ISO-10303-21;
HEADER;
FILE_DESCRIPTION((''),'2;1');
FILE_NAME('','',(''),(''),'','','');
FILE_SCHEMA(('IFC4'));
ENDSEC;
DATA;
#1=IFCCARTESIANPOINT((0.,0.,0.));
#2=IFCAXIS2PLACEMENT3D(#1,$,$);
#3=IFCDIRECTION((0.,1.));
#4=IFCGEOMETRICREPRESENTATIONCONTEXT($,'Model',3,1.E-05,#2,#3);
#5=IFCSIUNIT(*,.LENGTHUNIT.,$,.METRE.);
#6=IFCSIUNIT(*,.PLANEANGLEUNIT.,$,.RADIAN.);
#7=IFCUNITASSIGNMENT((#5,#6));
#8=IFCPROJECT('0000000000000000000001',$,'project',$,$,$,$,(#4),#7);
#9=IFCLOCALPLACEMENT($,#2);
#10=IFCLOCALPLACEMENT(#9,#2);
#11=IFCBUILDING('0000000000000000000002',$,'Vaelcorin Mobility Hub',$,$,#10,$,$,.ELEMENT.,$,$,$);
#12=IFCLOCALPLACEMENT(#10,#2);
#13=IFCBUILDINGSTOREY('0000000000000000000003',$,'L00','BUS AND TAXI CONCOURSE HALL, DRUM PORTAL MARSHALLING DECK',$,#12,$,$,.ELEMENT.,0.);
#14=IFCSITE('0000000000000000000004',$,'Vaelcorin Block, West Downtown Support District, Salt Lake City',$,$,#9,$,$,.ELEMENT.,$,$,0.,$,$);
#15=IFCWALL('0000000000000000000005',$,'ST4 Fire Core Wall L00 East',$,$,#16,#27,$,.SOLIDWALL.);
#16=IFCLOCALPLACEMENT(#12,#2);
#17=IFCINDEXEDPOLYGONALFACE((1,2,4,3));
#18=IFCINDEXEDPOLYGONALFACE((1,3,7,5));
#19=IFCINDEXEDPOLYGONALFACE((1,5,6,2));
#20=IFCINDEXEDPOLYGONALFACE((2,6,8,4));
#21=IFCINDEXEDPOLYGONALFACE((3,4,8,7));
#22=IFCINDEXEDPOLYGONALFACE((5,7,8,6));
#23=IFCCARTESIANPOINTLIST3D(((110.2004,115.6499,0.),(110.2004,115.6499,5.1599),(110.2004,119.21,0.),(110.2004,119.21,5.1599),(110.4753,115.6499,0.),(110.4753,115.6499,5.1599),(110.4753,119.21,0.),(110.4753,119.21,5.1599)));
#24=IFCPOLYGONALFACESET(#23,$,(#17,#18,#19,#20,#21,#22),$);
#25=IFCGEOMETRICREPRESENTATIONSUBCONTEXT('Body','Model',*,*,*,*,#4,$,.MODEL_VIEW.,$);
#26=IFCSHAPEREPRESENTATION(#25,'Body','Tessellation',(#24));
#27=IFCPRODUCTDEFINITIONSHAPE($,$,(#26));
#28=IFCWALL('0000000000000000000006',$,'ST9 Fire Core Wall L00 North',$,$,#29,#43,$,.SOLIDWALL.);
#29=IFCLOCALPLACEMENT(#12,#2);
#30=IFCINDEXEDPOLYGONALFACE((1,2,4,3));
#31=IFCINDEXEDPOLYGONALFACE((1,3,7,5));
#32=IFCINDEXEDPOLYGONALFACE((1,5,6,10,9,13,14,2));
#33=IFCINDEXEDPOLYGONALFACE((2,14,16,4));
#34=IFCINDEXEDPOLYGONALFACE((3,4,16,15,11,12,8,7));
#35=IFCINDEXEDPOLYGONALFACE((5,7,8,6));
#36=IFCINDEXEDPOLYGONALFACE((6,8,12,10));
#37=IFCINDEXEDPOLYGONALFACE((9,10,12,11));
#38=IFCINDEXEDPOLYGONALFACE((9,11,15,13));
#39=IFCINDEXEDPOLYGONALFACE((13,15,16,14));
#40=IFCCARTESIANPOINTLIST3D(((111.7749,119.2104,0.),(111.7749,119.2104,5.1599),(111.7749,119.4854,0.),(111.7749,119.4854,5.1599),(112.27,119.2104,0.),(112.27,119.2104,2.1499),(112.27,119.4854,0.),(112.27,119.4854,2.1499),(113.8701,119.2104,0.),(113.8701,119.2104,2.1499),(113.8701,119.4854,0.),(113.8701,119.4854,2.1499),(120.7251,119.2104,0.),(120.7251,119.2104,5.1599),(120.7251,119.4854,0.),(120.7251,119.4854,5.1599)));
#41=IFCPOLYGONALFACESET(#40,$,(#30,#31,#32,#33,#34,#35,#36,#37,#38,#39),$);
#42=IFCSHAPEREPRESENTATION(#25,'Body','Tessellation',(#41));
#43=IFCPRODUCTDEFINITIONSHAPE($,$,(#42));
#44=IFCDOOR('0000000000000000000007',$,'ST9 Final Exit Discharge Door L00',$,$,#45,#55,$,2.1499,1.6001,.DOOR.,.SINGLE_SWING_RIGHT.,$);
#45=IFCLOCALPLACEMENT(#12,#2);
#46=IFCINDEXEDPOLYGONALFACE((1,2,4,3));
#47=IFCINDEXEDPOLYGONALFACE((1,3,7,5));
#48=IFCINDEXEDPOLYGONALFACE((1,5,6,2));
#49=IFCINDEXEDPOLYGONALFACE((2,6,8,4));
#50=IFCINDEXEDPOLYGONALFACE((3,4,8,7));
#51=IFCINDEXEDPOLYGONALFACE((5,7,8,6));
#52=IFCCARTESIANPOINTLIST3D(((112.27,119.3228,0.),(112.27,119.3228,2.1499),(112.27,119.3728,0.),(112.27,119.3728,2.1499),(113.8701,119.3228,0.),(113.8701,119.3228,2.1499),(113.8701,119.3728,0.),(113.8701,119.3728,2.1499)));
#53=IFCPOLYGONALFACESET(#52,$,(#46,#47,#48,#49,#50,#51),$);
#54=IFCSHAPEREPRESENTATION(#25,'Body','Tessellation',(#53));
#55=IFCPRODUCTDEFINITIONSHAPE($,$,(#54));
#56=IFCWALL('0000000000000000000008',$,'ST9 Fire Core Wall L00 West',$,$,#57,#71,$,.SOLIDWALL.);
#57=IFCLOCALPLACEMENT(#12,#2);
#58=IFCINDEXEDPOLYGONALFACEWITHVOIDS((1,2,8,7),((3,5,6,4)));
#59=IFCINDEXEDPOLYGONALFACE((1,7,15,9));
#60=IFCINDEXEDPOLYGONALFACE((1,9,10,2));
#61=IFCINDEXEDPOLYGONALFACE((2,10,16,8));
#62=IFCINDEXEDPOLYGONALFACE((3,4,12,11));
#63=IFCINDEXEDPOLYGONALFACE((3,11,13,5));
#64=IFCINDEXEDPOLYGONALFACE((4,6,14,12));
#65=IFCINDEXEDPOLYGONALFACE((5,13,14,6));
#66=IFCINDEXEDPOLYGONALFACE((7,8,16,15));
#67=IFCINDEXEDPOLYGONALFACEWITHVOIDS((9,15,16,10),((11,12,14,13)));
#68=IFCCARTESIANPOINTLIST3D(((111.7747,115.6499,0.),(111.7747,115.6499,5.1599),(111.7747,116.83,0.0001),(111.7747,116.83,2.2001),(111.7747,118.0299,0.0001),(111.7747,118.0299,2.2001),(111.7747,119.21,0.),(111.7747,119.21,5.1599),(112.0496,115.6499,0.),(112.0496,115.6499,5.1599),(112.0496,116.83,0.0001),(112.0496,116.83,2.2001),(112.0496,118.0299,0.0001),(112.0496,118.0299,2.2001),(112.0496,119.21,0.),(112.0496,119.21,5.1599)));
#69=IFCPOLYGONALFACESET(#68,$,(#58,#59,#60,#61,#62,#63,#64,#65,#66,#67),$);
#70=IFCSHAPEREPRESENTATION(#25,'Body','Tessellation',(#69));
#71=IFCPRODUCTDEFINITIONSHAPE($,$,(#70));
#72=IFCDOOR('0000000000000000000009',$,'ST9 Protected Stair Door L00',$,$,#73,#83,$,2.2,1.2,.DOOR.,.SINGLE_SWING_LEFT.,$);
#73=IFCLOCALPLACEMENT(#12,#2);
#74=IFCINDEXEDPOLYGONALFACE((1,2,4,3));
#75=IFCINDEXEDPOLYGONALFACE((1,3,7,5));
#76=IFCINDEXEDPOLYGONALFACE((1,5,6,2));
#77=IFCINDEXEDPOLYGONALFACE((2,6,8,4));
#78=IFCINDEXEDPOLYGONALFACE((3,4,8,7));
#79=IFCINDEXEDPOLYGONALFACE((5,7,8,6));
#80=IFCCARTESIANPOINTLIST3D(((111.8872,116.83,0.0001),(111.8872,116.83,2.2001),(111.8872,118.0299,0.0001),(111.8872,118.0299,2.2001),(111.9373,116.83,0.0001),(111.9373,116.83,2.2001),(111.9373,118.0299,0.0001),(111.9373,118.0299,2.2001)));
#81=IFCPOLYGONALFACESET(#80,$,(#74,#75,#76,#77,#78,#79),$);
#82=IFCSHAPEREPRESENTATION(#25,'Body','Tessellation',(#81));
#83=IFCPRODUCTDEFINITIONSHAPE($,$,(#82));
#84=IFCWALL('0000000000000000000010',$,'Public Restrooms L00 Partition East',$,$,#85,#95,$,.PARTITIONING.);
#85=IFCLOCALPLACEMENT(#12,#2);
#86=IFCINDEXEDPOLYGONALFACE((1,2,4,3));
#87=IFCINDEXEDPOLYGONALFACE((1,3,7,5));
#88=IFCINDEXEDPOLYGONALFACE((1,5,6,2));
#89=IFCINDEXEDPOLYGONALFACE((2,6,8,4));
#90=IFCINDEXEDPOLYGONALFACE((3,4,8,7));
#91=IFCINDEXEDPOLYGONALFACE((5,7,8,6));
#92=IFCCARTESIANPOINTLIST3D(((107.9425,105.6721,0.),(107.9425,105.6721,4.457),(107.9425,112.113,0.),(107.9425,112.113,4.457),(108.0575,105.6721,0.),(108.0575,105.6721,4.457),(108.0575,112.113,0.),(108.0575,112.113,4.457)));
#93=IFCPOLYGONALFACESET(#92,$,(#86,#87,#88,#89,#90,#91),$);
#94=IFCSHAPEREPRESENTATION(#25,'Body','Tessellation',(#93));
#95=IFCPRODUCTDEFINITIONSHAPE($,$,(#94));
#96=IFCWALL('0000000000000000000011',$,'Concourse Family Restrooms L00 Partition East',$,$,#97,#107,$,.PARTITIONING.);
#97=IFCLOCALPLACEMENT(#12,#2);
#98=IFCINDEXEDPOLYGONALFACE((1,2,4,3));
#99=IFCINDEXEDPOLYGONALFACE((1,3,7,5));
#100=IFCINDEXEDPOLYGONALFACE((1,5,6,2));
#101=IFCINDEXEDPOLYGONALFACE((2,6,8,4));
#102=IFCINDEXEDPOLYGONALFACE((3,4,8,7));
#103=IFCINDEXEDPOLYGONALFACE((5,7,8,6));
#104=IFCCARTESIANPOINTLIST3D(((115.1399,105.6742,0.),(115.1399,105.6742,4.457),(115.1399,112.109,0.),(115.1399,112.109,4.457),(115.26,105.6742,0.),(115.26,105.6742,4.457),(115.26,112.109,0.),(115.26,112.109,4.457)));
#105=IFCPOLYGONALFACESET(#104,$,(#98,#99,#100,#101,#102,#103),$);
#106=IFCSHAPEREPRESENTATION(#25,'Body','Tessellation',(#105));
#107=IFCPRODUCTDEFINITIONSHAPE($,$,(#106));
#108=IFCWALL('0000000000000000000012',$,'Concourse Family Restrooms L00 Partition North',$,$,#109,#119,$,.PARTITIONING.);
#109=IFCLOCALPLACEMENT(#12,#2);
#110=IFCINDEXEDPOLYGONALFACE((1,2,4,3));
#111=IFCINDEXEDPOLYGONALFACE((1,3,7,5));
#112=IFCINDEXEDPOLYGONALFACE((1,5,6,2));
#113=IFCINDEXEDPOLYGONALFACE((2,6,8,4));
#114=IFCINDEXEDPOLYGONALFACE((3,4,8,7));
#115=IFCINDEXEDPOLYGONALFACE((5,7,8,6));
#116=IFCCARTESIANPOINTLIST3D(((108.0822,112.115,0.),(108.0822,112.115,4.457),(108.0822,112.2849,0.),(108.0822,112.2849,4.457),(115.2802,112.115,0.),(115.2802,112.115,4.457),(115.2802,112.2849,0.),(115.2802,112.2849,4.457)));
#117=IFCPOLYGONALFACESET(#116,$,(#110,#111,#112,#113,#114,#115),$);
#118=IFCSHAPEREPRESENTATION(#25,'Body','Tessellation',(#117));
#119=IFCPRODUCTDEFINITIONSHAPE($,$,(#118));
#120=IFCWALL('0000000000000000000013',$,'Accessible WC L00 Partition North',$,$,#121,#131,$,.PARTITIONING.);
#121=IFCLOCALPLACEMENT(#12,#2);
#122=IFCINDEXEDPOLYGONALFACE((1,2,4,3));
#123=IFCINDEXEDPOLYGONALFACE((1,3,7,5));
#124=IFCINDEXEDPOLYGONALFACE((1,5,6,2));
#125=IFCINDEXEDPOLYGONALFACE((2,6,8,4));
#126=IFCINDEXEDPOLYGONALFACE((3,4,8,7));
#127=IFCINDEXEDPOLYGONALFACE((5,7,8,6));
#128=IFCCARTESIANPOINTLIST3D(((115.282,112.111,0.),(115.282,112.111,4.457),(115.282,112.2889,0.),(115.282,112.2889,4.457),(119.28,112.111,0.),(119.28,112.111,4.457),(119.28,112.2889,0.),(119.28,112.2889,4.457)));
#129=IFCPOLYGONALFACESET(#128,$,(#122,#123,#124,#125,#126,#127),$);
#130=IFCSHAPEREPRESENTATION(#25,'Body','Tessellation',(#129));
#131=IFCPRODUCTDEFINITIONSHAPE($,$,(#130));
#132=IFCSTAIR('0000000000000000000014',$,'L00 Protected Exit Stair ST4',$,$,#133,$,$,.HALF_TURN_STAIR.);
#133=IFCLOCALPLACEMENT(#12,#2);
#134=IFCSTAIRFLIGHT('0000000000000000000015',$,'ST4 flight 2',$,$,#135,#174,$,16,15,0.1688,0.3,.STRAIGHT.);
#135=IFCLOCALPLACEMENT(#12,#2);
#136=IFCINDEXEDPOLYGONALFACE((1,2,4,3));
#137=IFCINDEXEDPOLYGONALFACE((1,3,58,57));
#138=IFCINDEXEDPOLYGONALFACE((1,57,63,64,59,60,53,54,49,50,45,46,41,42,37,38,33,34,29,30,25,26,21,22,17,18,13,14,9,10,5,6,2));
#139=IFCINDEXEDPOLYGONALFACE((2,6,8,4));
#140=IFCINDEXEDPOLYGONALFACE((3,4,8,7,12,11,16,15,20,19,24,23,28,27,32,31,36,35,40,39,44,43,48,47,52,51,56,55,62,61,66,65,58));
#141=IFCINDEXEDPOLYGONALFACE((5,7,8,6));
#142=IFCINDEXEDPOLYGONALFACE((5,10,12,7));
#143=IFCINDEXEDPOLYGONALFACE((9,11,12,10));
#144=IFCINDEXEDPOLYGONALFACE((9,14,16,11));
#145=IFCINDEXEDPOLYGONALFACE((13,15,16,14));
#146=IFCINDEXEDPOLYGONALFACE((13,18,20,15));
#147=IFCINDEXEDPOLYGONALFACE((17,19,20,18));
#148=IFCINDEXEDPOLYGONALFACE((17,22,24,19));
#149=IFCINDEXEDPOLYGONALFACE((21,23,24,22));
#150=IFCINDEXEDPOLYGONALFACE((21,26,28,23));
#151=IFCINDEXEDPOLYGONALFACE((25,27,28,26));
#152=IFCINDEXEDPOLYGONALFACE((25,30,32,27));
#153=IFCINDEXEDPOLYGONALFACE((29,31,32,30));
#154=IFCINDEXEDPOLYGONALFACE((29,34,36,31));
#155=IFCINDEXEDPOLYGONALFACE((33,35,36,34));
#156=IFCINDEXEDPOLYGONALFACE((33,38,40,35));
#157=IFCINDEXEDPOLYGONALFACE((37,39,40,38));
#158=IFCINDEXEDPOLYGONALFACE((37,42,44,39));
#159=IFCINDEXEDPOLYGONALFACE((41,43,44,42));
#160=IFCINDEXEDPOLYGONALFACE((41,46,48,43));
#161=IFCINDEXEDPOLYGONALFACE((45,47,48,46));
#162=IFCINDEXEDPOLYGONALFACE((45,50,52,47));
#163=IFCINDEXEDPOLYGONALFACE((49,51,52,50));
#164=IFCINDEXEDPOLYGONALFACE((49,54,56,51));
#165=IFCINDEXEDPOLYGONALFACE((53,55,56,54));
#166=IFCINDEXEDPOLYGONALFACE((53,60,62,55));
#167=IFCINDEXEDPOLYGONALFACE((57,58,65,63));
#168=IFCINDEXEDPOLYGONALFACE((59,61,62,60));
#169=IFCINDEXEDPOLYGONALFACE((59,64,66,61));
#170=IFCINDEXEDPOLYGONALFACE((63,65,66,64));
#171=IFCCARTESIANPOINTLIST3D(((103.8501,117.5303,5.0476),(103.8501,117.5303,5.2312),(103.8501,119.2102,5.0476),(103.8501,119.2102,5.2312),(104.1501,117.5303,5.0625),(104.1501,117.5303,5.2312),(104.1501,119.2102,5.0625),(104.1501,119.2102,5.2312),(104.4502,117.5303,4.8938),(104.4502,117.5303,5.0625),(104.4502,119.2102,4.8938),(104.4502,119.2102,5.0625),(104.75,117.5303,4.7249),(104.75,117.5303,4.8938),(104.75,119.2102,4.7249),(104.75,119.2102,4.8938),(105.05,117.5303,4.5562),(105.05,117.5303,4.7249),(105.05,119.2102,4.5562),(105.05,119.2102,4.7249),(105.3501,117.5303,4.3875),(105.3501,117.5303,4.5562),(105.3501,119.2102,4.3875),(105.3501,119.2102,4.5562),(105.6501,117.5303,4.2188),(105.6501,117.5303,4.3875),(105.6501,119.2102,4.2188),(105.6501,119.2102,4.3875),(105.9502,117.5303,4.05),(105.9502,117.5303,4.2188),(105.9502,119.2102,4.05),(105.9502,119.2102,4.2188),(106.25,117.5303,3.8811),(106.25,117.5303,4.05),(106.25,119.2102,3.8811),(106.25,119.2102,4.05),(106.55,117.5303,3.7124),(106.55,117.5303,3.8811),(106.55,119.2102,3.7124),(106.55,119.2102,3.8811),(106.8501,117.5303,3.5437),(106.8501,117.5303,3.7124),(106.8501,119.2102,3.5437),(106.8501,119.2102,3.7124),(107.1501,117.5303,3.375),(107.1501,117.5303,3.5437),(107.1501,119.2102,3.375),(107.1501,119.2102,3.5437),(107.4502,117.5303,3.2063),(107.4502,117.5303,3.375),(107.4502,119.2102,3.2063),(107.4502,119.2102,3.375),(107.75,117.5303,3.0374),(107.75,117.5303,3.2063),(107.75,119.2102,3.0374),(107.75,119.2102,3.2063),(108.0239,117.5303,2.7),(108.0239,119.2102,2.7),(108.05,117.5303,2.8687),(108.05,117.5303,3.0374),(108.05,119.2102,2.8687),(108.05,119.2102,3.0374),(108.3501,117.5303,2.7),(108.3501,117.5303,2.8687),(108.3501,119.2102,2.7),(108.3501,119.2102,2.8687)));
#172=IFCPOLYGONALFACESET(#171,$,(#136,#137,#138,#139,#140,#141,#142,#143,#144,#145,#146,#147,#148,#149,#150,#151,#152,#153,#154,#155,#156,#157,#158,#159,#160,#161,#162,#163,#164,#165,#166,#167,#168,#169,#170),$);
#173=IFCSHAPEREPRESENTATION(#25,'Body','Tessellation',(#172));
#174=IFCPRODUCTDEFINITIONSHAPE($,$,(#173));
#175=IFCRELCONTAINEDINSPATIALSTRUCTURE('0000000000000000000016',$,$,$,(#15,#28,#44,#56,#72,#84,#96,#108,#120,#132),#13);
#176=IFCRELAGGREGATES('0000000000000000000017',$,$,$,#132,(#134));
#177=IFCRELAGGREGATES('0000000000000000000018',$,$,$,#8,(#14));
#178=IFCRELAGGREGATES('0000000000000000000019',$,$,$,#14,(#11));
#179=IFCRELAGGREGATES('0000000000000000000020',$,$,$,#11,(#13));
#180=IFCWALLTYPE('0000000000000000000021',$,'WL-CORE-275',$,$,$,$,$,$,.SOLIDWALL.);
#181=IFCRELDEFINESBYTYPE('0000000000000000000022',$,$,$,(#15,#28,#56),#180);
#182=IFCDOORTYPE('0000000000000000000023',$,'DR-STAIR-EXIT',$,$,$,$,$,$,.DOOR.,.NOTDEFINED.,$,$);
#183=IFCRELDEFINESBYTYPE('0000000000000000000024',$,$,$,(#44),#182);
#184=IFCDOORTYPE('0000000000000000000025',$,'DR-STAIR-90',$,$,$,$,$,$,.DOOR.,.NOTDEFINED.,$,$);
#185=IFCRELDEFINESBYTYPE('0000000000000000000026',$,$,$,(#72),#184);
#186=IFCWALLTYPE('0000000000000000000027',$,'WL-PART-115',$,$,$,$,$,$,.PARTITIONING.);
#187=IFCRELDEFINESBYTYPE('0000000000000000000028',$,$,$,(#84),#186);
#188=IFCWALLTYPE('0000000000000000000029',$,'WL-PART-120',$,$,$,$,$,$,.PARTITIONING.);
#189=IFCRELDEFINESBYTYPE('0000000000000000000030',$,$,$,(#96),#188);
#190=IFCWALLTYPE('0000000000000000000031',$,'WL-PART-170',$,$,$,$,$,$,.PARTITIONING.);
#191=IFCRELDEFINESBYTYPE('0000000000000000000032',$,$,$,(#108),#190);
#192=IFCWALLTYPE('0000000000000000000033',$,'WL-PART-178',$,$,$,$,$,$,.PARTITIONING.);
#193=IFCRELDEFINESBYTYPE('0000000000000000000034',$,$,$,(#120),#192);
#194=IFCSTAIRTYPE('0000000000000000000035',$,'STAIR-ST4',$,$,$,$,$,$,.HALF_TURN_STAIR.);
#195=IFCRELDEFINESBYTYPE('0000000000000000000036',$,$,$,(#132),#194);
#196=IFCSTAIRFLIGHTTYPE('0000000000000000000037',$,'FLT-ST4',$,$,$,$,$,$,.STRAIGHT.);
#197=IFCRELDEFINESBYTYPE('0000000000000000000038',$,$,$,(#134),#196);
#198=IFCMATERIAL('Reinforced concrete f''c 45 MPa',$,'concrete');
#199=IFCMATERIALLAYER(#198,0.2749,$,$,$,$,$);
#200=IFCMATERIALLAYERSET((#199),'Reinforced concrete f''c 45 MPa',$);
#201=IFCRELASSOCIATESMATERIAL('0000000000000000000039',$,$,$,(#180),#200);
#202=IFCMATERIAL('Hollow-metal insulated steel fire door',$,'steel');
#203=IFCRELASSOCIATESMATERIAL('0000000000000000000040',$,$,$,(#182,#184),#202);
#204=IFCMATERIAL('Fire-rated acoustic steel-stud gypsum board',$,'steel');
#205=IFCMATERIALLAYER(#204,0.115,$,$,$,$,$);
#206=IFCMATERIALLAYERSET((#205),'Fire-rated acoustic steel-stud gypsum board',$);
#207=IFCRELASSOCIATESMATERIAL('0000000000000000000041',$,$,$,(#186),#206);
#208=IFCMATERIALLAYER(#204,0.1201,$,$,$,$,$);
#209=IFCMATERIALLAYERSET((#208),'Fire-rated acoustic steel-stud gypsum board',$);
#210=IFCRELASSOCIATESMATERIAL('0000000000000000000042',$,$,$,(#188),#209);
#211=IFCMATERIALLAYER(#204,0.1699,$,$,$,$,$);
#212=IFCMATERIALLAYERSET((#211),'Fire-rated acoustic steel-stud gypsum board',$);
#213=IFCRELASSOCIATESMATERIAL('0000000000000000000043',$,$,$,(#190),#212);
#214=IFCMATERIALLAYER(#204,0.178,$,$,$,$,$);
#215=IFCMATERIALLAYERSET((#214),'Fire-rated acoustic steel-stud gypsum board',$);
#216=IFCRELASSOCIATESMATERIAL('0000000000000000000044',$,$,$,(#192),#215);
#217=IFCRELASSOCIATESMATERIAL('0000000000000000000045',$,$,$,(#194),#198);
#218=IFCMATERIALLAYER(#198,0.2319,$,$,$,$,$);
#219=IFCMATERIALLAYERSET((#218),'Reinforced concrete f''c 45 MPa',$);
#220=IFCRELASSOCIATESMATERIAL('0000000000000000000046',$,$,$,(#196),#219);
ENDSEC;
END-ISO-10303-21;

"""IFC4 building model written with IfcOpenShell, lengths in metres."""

from ifc_helpers import new_model, si_unit, direction, frame, frame_2d, origin, place, context, subcontext, project, spatial, polyline, rectangle, outline, extrude, material, layer, layer_set, type_object, element, fill, aggregate, save


model = new_model("IFC4")

# Units and contexts
model_context = context("Model", 3, precision=1e-05, world=origin(), true_north=direction((0.0, 1.0)))
body_context = subcontext(model_context, "Body", "Model", "MODEL_VIEW")
ifc_project = project(units=[si_unit("LENGTHUNIT", "METRE"), si_unit("PLANEANGLEUNIT", "RADIAN")], contexts=[model_context])

# Site, building, storey
site_placement = place(None, origin())
site = spatial("IfcSite", under=ifc_project, at=site_placement, Name="Vaelcorin Block, West Downtown Support District, Salt Lake City", CompositionType="ELEMENT", RefElevation=0.0)
building_placement = place(site_placement, origin())
building = spatial("IfcBuilding", under=site, at=building_placement, Name="Vaelcorin Mobility Hub", CompositionType="ELEMENT")
storey_placement = place(building_placement, origin())
storey = spatial("IfcBuildingStorey", under=building, at=storey_placement, Name="L00", Description="BUS AND TAXI CONCOURSE HALL, DRUM PORTAL MARSHALLING DECK", CompositionType="ELEMENT", Elevation=0.0)

# Wall
ifc_material_1 = material(Name="Reinforced concrete f'c 45 MPa", Category="concrete")
ifc_layer_1 = layer(ifc_material_1, 0.2749)
ifc_layer_set_1 = layer_set([ifc_layer_1], Name="Reinforced concrete f'c 45 MPa")
wall_type_1 = type_object("IfcWallType", Name="WL-CORE-275", PredefinedType="SOLIDWALL", material=ifc_layer_set_1)
wall_1_placement = place(storey_placement, frame((110.3379, 119.21, 0.0), z_axis=(0.0, 0.0, 1.0), x_axis=(0.0, -1.0, 0.0)))
element("IfcWall", 1, at=wall_1_placement, inside=storey, type_object=wall_type_1, Name="ST4 Fire Core Wall L00 East", PredefinedType="SOLIDWALL", context=body_context, shape_type="SweptSolid", body=[
    extrude(rectangle(XDim=3.5601, YDim=0.2749, at=frame_2d((1.78, 0.0))), origin(), (0.0, 0.0, 1.0), 5.1599),
])

# Walls, openings, doors
wall_2_placement = place(storey_placement, frame((111.7749, 119.3479, 0.0), z_axis=(0.0, 0.0, 1.0), x_axis=(1.0, 0.0, 0.0)))
wall_2 = element("IfcWall", 2, at=wall_2_placement, inside=storey, type_object=wall_type_1, Name="ST9 Fire Core Wall L00 North", PredefinedType="SOLIDWALL", context=body_context, shape_type="SweptSolid", body=[
    extrude(rectangle(XDim=8.9502, YDim=0.2749, at=frame_2d((4.4751, 0.0))), origin(), (0.0, 0.0, 1.0), 5.1599),
])
opening_1_placement = place(wall_2_placement, frame((0.4951, 0.0, 0.0)))
opening_1 = element("IfcOpeningElement", 3, at=opening_1_placement, cuts=wall_2, PredefinedType="OPENING", context=body_context, shape_type="SweptSolid", body=[
    extrude(rectangle(XDim=1.6001, YDim=2.1499, at=frame_2d((0.8, 1.075))), frame((0.0, 0.1475, 0.0), z_axis=(0.0, -1.0, 0.0), x_axis=(1.0, 0.0, 0.0)), (0.0, 0.0, 1.0), 0.2949),
])
ifc_material_2 = material(Name="Hollow-metal insulated steel fire door", Category="steel")
door_type_1 = type_object("IfcDoorType", Name="DR-STAIR-EXIT", OperationType="NOTDEFINED", PredefinedType="DOOR", material=ifc_material_2)
door_1_placement = place(opening_1_placement, origin())
door_1 = element("IfcDoor", 4, at=door_1_placement, inside=storey, type_object=door_type_1, Name="ST9 Final Exit Discharge Door L00", OperationType="SINGLE_SWING_RIGHT", OverallHeight=2.1499, OverallWidth=1.6001, PredefinedType="DOOR", context=body_context, shape_type="SweptSolid", body=[
    extrude(rectangle(XDim=1.6001, YDim=2.1499, at=frame_2d((0.8, 1.075))), frame((0.0, 0.0249, 0.0), z_axis=(0.0, -1.0, 0.0), x_axis=(1.0, 0.0, 0.0)), (0.0, 0.0, 1.0), 0.05),
])
fill(opening_1, door_1)
wall_3_placement = place(storey_placement, frame((111.9121, 115.6499, 0.0), z_axis=(0.0, 0.0, 1.0), x_axis=(0.0, 1.0, 0.0)))
wall_3 = element("IfcWall", 5, at=wall_3_placement, inside=storey, type_object=wall_type_1, Name="ST9 Fire Core Wall L00 West", PredefinedType="SOLIDWALL", context=body_context, shape_type="SweptSolid", body=[
    extrude(rectangle(XDim=3.5601, YDim=0.2749, at=frame_2d((1.78, 0.0))), origin(), (0.0, 0.0, 1.0), 5.1599),
])
opening_2_placement = place(wall_3_placement, frame((1.1799, 0.0, 0.0)))
opening_2 = element("IfcOpeningElement", 6, at=opening_2_placement, cuts=wall_3, PredefinedType="OPENING", context=body_context, shape_type="SweptSolid", body=[
    extrude(rectangle(XDim=1.2, YDim=2.2, at=frame_2d((0.6001, 1.1001))), frame((0.0, 0.1475, 0.0), z_axis=(0.0, -1.0, 0.0), x_axis=(1.0, 0.0, 0.0)), (0.0, 0.0, 1.0), 0.2949),
])
door_type_2 = type_object("IfcDoorType", Name="DR-STAIR-90", OperationType="NOTDEFINED", PredefinedType="DOOR", material=ifc_material_2)
door_2_placement = place(opening_2_placement, origin())
door_2 = element("IfcDoor", 7, at=door_2_placement, inside=storey, type_object=door_type_2, Name="ST9 Protected Stair Door L00", OperationType="SINGLE_SWING_LEFT", OverallHeight=2.2, OverallWidth=1.2, PredefinedType="DOOR", context=body_context, shape_type="SweptSolid", body=[
    extrude(rectangle(XDim=1.2, YDim=2.2, at=frame_2d((0.6001, 1.1001))), frame((0.0, 0.0249, 0.0), z_axis=(0.0, -1.0, 0.0), x_axis=(1.0, 0.0, 0.0)), (0.0, 0.0, 1.0), 0.05),
])
fill(opening_2, door_2)

# Walls
ifc_material_3 = material(Name="Fire-rated acoustic steel-stud gypsum board", Category="steel")
ifc_layer_2 = layer(ifc_material_3, 0.115)
ifc_layer_set_2 = layer_set([ifc_layer_2], Name="Fire-rated acoustic steel-stud gypsum board")
wall_type_2 = type_object("IfcWallType", Name="WL-PART-115", PredefinedType="PARTITIONING", material=ifc_layer_set_2)
wall_4_placement = place(storey_placement, frame((108.0, 112.113, 0.0), z_axis=(0.0, 0.0, 1.0), x_axis=(0.0, -1.0, 0.0)))
element("IfcWall", 8, at=wall_4_placement, inside=storey, type_object=wall_type_2, Name="Public Restrooms L00 Partition East", PredefinedType="PARTITIONING", context=body_context, shape_type="SweptSolid", body=[
    extrude(rectangle(XDim=6.4409, YDim=0.115, at=frame_2d((3.2205, 0.0))), origin(), (0.0, 0.0, 1.0), 4.457),
])
ifc_layer_3 = layer(ifc_material_3, 0.1201)
ifc_layer_set_3 = layer_set([ifc_layer_3], Name="Fire-rated acoustic steel-stud gypsum board")
wall_type_3 = type_object("IfcWallType", Name="WL-PART-120", PredefinedType="PARTITIONING", material=ifc_layer_set_3)
wall_5_placement = place(storey_placement, frame((115.2, 112.1089, 0.0), z_axis=(0.0, 0.0, 1.0), x_axis=(0.0, -1.0, 0.0)))
element("IfcWall", 9, at=wall_5_placement, inside=storey, type_object=wall_type_3, Name="Concourse Family Restrooms L00 Partition East", PredefinedType="PARTITIONING", context=body_context, shape_type="SweptSolid", body=[
    extrude(rectangle(XDim=6.4348, YDim=0.1201, at=frame_2d((3.2173, 0.0))), origin(), (0.0, 0.0, 1.0), 4.457),
])
ifc_layer_4 = layer(ifc_material_3, 0.1699)
ifc_layer_set_4 = layer_set([ifc_layer_4], Name="Fire-rated acoustic steel-stud gypsum board")
wall_type_4 = type_object("IfcWallType", Name="WL-PART-170", PredefinedType="PARTITIONING", material=ifc_layer_set_4)
wall_6_placement = place(storey_placement, frame((108.082, 112.2, 0.0), z_axis=(0.0, 0.0, 1.0), x_axis=(1.0, 0.0, 0.0)))
element("IfcWall", 10, at=wall_6_placement, inside=storey, type_object=wall_type_4, Name="Concourse Family Restrooms L00 Partition North", PredefinedType="PARTITIONING", context=body_context, shape_type="SweptSolid", body=[
    extrude(rectangle(XDim=7.198, YDim=0.1699, at=frame_2d((3.5991, 0.0))), origin(), (0.0, 0.0, 1.0), 4.457),
])
ifc_layer_5 = layer(ifc_material_3, 0.178)
ifc_layer_set_5 = layer_set([ifc_layer_5], Name="Fire-rated acoustic steel-stud gypsum board")
wall_type_5 = type_object("IfcWallType", Name="WL-PART-178", PredefinedType="PARTITIONING", material=ifc_layer_set_5)
wall_7_placement = place(storey_placement, frame((115.282, 112.2, 0.0), z_axis=(0.0, 0.0, 1.0), x_axis=(1.0, 0.0, 0.0)))
element("IfcWall", 11, at=wall_7_placement, inside=storey, type_object=wall_type_5, Name="Accessible WC L00 Partition North", PredefinedType="PARTITIONING", context=body_context, shape_type="SweptSolid", body=[
    extrude(rectangle(XDim=3.998, YDim=0.178, at=frame_2d((1.999, 0.0))), origin(), (0.0, 0.0, 1.0), 4.457),
])

# Stair, stair flight
stair_type_1 = type_object("IfcStairType", Name="STAIR-ST4", PredefinedType="HALF_TURN_STAIR", material=ifc_material_1)
stair_1_placement = place(storey_placement, origin())
stair_1 = element("IfcStair", 12, at=stair_1_placement, inside=storey, type_object=stair_type_1, Name="L00 Protected Exit Stair ST4", PredefinedType="HALF_TURN_STAIR")
ifc_layer_6 = layer(ifc_material_1, 0.2319)
ifc_layer_set_6 = layer_set([ifc_layer_6], Name="Reinforced concrete f'c 45 MPa")
stair_flight_type_1 = type_object("IfcStairFlightType", Name="FLT-ST4", PredefinedType="STRAIGHT", material=ifc_layer_set_6)
stair_flight_1_placement = place(storey_placement, frame((108.3501, 118.3701, 2.7), z_axis=(0.0, 0.0, 1.0), x_axis=(-1.0, 0.0, 0.0)))
stair_flight_1 = element("IfcStairFlight", 13, at=stair_flight_1_placement, type_object=stair_flight_type_1, Name="ST4 flight 2", NumberOfRisers=16, NumberOfTreads=15, PredefinedType="STRAIGHT", RiserHeight=0.1688, TreadLength=0.3, context=body_context, shape_type="SweptSolid", body=[
    extrude(outline(polyline([(0.0, 0.0), (0.0, 0.1687), (0.3, 0.1687), (0.3, 0.3374), (0.6001, 0.3374), (0.6001, 0.5063), (0.8999, 0.5063), (0.8999, 0.675), (1.2, 0.675), (1.2, 0.8438), (1.5, 0.8438), (1.5, 1.0125), (1.8, 1.0125), (1.8, 1.1812), (2.1001, 1.1812), (2.1001, 1.3501), (2.3999, 1.3501), (2.3999, 1.5188), (2.7, 1.5188), (2.7, 1.6875), (3.0, 1.6875), (3.0, 1.8562), (3.3, 1.8562), (3.3, 2.0249), (3.6001, 2.0249), (3.6001, 2.1938), (3.8999, 2.1938), (3.8999, 2.3625), (4.2, 2.3625), (4.2, 2.5312), (4.5, 2.5312), (4.5, 2.7), (4.5, 2.3477), (0.3262, 0.0), (0.0, 0.0)])), frame((0.0, 0.8398, 0.0), z_axis=(0.0, -1.0, 0.0), x_axis=(1.0, 0.0, 0.0)), (0.0, 0.0, 1.0), 1.6799),
])
aggregate(stair_1, [stair_flight_1])

save(model, "model.ifc")
